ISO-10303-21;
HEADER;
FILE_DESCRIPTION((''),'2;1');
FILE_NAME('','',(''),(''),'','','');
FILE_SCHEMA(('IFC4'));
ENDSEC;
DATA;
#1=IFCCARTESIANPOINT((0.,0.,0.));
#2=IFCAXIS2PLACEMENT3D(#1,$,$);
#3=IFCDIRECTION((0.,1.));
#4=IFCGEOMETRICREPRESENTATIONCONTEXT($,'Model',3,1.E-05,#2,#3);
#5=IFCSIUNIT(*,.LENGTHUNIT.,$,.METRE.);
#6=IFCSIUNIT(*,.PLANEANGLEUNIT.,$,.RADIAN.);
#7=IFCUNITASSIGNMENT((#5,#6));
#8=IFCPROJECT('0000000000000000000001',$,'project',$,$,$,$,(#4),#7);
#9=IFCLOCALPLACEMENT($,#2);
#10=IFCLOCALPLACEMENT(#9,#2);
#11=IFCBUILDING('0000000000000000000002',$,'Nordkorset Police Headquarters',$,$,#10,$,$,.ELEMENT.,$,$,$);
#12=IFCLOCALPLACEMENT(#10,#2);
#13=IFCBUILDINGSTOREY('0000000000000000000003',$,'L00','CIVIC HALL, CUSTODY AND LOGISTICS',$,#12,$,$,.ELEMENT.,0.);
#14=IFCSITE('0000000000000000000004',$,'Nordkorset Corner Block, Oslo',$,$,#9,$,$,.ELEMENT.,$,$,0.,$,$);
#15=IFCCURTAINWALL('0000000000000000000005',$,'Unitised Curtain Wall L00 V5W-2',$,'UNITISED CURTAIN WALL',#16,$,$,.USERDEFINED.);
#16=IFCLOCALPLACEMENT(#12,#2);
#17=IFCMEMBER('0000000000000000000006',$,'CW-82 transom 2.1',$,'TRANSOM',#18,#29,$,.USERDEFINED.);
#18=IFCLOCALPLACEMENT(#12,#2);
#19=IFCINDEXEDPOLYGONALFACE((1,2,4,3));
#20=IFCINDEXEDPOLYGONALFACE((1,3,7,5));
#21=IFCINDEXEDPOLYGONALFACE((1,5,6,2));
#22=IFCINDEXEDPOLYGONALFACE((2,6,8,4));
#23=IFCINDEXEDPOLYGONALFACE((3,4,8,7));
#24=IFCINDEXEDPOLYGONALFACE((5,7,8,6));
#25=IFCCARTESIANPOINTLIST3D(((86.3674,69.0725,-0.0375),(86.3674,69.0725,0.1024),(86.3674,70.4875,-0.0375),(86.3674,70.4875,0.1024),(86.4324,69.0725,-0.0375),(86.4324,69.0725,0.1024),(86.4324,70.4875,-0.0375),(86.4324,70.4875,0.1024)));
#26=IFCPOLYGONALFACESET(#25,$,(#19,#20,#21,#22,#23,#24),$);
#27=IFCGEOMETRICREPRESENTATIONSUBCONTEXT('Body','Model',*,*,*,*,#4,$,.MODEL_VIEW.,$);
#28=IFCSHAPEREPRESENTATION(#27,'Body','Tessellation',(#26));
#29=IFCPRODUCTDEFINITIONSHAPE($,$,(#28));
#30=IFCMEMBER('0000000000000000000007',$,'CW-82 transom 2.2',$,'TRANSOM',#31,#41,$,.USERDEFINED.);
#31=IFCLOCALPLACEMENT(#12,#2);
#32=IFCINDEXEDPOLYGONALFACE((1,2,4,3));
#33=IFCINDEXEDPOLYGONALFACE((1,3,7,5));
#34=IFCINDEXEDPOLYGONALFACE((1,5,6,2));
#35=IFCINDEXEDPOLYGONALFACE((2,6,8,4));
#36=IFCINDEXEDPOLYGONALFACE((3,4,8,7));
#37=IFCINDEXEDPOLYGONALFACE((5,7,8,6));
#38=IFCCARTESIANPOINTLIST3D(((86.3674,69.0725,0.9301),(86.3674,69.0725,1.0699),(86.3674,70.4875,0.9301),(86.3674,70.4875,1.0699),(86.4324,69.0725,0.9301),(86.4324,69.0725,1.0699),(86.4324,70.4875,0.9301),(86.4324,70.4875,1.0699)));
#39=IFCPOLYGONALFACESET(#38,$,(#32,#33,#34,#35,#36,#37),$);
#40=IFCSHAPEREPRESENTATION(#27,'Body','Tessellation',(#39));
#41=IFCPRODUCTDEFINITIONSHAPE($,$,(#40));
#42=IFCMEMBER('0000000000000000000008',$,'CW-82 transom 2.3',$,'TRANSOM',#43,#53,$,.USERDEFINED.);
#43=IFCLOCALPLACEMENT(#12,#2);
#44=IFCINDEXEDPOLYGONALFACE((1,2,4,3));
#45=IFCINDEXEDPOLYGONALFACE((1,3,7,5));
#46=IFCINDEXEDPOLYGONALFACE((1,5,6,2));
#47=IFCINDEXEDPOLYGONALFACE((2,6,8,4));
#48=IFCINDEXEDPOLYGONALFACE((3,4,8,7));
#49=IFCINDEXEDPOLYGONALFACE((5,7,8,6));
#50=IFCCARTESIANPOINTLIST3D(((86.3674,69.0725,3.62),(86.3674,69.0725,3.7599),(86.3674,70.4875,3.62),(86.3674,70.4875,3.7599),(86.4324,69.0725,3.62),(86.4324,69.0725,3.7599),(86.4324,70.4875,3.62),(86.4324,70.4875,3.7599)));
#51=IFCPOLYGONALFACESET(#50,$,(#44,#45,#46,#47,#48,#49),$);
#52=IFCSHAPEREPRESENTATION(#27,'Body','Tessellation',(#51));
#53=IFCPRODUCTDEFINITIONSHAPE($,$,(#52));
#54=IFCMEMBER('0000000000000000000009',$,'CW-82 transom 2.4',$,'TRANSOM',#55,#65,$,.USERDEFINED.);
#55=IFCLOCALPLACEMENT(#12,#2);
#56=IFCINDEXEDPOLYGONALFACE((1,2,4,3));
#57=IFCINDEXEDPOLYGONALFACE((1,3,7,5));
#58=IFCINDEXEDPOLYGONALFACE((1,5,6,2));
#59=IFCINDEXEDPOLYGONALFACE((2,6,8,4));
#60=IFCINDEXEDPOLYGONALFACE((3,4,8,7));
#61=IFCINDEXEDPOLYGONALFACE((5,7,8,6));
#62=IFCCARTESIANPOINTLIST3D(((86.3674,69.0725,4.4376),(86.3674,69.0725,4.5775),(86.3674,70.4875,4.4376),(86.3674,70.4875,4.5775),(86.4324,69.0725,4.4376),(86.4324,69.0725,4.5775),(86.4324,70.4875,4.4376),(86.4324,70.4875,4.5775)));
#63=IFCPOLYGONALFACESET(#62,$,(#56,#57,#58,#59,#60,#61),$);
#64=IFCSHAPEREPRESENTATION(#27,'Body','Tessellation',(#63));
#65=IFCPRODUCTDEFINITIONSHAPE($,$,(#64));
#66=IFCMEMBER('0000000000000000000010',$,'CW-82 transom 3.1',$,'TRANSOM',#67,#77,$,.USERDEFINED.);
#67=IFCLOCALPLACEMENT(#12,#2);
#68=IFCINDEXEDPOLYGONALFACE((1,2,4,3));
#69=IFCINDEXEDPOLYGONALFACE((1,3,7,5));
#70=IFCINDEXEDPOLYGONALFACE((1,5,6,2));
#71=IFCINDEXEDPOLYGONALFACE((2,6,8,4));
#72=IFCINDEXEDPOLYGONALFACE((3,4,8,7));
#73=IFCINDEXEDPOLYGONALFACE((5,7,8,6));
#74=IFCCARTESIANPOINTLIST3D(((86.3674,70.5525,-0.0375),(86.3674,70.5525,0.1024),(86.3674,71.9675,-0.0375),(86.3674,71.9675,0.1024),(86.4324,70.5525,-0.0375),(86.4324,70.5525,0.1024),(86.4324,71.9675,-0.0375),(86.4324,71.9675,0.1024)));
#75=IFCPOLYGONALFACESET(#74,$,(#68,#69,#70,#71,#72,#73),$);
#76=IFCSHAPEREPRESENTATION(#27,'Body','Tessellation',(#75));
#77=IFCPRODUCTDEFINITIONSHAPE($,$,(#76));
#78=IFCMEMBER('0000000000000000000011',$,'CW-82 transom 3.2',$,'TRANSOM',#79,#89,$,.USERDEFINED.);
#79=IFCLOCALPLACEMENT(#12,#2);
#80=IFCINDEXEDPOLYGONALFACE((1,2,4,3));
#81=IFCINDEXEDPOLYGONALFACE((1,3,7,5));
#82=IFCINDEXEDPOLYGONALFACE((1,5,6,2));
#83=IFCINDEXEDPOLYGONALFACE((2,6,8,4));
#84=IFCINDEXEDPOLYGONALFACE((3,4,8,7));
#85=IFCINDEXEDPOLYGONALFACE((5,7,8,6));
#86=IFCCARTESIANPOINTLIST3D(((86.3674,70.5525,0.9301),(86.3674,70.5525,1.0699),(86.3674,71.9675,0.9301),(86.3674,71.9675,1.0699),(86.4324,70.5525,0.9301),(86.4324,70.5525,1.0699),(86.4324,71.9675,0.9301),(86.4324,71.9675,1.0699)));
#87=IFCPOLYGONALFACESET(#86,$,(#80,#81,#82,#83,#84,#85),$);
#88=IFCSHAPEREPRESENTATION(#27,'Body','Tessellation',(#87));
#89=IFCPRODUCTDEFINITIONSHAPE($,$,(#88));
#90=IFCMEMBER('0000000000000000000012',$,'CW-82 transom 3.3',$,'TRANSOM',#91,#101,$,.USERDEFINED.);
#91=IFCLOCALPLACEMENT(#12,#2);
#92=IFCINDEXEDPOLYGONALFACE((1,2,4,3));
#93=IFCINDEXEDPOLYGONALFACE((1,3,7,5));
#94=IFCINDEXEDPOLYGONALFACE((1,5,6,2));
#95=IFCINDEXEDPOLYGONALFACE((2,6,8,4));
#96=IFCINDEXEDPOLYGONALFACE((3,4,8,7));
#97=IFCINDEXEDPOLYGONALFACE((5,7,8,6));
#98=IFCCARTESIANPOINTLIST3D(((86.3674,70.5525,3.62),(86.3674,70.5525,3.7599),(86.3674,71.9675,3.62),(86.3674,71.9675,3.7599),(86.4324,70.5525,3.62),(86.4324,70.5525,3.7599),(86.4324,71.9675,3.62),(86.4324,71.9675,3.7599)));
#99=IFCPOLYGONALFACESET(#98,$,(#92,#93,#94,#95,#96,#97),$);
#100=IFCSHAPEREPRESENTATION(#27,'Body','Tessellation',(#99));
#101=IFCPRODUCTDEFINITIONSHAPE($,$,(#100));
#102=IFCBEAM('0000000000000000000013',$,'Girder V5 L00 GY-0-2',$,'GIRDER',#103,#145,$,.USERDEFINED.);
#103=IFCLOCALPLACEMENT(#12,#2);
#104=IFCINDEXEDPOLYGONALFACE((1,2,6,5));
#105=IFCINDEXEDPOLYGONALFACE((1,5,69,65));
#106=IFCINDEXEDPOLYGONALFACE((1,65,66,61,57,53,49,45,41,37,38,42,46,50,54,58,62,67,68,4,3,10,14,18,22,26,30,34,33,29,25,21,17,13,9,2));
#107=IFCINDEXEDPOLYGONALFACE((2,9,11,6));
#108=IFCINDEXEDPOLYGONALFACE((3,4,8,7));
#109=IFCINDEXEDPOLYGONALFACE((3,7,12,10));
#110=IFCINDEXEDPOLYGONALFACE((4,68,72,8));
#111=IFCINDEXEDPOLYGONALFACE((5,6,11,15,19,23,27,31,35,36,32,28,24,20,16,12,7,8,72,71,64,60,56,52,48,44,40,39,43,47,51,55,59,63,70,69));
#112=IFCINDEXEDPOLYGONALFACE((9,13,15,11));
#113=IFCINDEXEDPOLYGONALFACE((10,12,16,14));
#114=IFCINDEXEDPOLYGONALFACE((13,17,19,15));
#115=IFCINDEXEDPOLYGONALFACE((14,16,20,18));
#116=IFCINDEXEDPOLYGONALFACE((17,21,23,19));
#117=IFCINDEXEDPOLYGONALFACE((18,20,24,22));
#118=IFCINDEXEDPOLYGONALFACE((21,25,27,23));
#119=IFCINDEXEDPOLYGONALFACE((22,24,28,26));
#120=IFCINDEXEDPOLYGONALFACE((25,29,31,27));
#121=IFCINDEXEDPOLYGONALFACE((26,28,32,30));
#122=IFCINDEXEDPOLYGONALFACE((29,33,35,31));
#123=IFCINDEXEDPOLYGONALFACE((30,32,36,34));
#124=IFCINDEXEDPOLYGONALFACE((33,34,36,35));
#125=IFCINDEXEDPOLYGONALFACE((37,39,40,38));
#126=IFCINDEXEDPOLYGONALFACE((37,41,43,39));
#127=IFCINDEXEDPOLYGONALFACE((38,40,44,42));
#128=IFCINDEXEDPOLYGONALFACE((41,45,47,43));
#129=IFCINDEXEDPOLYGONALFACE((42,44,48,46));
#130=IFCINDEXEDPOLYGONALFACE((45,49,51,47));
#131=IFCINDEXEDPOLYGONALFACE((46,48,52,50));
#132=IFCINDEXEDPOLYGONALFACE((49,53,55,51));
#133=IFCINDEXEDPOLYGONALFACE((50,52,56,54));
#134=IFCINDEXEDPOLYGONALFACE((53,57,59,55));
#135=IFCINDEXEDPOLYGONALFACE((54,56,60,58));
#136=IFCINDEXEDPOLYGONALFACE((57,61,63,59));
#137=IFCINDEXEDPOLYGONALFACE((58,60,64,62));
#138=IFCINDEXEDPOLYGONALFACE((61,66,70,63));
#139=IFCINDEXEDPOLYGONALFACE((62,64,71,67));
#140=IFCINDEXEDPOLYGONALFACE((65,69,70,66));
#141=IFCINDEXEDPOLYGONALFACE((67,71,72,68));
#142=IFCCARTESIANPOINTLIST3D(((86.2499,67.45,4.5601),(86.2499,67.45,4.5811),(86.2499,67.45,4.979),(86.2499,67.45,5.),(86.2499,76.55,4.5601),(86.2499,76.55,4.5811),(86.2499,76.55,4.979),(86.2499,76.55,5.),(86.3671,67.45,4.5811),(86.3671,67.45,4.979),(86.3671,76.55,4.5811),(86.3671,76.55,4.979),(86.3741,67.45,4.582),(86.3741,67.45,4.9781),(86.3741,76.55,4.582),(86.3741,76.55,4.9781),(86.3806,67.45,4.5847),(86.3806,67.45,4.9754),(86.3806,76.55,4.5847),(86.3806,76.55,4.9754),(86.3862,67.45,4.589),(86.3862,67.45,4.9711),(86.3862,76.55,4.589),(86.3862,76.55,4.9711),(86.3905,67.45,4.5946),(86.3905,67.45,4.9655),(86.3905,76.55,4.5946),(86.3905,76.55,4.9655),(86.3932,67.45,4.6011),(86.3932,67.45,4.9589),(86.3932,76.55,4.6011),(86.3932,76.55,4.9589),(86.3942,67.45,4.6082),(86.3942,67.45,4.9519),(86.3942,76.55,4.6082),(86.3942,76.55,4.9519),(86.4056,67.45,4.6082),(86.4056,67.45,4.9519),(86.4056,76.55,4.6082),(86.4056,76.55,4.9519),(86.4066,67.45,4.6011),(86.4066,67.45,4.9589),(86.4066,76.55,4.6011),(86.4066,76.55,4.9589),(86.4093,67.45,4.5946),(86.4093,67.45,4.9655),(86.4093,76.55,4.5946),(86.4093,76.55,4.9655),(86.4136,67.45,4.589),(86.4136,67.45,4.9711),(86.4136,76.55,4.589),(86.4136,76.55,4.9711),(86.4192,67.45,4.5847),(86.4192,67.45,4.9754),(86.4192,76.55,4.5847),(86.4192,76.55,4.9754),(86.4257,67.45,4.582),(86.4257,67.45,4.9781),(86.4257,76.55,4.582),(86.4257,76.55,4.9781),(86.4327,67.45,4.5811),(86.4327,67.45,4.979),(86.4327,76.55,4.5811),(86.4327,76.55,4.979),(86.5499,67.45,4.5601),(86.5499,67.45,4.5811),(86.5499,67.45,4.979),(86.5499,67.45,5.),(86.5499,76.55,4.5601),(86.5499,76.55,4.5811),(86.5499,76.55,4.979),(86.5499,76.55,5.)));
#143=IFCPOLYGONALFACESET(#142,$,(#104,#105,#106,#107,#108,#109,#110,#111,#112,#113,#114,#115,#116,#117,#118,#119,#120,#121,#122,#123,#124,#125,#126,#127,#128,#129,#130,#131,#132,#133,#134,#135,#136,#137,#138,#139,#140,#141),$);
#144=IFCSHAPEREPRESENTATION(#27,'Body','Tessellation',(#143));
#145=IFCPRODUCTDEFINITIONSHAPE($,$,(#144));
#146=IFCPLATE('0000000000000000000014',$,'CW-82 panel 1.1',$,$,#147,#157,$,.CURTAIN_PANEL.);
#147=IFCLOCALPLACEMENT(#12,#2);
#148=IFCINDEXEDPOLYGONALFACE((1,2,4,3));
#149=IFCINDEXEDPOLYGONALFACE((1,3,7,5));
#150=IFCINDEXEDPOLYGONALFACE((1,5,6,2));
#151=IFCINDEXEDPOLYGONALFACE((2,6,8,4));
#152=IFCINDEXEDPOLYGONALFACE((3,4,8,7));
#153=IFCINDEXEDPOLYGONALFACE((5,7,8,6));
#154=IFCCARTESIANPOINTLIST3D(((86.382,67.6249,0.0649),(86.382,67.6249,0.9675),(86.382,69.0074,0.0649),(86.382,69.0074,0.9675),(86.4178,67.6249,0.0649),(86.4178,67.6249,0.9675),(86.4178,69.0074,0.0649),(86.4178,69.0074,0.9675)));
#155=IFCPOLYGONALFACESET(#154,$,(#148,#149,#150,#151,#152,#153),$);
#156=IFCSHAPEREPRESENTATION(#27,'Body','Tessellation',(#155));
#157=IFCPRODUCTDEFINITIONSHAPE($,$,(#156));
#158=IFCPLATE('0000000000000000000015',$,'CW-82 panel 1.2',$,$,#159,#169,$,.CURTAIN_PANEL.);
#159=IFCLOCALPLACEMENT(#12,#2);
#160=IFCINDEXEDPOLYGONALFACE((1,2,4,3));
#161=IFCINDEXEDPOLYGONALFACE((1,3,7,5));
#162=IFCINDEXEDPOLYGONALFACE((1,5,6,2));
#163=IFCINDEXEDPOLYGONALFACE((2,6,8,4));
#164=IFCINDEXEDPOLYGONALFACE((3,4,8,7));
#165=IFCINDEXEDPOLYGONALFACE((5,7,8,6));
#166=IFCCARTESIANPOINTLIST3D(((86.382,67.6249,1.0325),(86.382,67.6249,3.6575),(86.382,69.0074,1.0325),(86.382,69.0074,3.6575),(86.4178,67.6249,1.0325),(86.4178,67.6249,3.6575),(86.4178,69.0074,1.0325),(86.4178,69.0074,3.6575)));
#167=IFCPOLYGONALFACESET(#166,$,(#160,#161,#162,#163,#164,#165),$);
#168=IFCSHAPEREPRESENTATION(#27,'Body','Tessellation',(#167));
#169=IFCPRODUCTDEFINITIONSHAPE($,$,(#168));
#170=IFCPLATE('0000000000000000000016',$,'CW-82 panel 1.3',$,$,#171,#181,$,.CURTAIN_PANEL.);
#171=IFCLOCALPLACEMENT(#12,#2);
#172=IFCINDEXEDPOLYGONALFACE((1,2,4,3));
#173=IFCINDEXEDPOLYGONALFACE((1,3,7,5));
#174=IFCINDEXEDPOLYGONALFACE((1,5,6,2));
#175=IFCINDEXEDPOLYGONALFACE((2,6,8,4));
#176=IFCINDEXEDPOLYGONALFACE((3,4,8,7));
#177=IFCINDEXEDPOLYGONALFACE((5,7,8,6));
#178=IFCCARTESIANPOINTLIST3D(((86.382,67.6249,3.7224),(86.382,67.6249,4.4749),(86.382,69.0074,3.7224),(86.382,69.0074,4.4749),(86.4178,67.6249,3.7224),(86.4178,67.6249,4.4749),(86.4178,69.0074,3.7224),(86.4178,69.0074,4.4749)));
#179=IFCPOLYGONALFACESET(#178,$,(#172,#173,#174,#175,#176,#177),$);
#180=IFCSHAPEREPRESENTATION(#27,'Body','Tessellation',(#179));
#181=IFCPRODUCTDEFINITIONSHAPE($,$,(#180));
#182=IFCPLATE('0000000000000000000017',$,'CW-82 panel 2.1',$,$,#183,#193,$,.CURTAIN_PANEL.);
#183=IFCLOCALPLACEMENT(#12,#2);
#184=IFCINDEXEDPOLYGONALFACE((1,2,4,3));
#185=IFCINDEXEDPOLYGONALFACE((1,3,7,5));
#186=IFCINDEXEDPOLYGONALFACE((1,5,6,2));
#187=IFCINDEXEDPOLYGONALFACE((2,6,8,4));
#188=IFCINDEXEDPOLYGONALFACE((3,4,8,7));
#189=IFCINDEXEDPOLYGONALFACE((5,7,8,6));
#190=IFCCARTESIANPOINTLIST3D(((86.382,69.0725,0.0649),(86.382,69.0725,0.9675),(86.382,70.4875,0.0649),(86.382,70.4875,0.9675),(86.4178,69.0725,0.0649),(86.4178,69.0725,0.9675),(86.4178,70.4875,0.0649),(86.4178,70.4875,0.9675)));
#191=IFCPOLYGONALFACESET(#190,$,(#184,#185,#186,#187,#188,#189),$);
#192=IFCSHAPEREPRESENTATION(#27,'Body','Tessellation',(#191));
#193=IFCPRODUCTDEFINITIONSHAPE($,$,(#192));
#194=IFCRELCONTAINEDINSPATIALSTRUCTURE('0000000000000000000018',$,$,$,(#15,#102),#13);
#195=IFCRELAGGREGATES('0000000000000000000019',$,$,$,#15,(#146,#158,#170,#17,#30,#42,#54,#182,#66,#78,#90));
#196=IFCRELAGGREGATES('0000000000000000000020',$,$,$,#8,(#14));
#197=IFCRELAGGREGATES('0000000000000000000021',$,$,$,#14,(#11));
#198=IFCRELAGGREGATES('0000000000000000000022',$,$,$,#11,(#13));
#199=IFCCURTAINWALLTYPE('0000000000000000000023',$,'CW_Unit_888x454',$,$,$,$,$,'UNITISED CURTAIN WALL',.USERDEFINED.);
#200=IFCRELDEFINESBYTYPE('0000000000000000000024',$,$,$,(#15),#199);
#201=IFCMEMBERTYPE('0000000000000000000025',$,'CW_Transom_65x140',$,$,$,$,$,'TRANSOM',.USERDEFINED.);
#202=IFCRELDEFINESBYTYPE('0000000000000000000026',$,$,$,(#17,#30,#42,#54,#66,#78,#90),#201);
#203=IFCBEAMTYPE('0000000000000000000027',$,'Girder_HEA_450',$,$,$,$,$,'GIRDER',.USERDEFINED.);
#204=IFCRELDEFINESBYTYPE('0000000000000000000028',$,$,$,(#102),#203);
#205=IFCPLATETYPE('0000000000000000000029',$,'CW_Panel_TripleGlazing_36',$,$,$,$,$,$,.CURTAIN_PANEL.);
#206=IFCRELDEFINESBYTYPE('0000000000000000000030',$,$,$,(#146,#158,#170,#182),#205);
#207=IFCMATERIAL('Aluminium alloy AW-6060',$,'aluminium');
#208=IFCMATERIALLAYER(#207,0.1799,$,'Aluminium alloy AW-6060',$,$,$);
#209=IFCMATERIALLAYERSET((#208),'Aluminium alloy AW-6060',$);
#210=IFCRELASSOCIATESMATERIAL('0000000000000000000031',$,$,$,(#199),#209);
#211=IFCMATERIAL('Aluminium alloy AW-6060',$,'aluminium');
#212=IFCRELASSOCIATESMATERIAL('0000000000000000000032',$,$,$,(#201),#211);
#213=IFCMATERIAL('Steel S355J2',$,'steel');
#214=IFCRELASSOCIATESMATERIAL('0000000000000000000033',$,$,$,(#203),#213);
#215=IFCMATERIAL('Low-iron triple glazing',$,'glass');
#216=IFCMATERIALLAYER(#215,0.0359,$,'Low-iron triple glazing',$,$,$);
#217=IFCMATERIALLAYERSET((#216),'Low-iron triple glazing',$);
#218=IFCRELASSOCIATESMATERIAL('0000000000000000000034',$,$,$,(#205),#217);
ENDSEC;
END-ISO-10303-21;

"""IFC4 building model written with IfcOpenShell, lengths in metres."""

from ifc_helpers import new_model, si_unit, direction, frame, origin, origin_2d, place, context, subcontext, project, spatial, rectangle, i_section, extrude, material, layer, layer_set, material_profile, profile_set, type_object, element, aggregate, save


model = new_model("IFC4")

# Units and contexts
model_context = context("Model", 3, precision=1e-05, world=origin(), true_north=direction((0.0, 1.0)))
body_context = subcontext(model_context, "Body", "Model", "MODEL_VIEW")
ifc_project = project(units=[si_unit("LENGTHUNIT", "METRE"), si_unit("PLANEANGLEUNIT", "RADIAN")], contexts=[model_context])

# Site, building, storey
site_placement = place(None, origin())
site = spatial("IfcSite", under=ifc_project, at=site_placement, Name="Nordkorset Corner Block, Oslo", CompositionType="ELEMENT", RefElevation=0.0)
building_placement = place(site_placement, origin())
building = spatial("IfcBuilding", under=site, at=building_placement, Name="Nordkorset Police Headquarters", CompositionType="ELEMENT")
storey_placement = place(building_placement, origin())
storey = spatial("IfcBuildingStorey", under=building, at=storey_placement, Name="L00", Description="CIVIC HALL, CUSTODY AND LOGISTICS", CompositionType="ELEMENT", Elevation=0.0)

# Curtain wall, members
ifc_material_1 = material(Name="Aluminium alloy AW-6060", Category="aluminium")
ifc_layer_1 = layer(ifc_material_1, 0.1799, Name="Aluminium alloy AW-6060")
ifc_layer_set_1 = layer_set([ifc_layer_1], Name="Aluminium alloy AW-6060")
curtain_wall_type = type_object("IfcCurtainWallType", Name="CW_Unit_888x454", ElementType="UNITISED CURTAIN WALL", PredefinedType="USERDEFINED", material=ifc_layer_set_1)
curtain_wall_placement = place(storey_placement, origin())
curtain_wall = element("IfcCurtainWall", 1, at=curtain_wall_placement, inside=storey, type_object=curtain_wall_type, Name="Unitised Curtain Wall L00 V5W-2", ObjectType="UNITISED CURTAIN WALL", PredefinedType="USERDEFINED")
ifc_material_2 = material(Name="Aluminium alloy AW-6060", Category="aluminium")
ifc_material_profile_1 = material_profile(ifc_material_2, rectangle(XDim=0.0649, YDim=0.1399, at=origin_2d()), Name="ALU TRAN 65x140")
ifc_profile_set_1 = profile_set([ifc_material_profile_1], Name="Aluminium alloy AW-6060")
member_type_1 = type_object("IfcMemberType", Name="CW_Transom_65x140", ElementType="TRANSOM", PredefinedType="USERDEFINED", material=ifc_profile_set_1)
member_1_placement = place(storey_placement, frame((86.3999, 69.0725, 0.0325), z_axis=(0.0, 1.0, 0.0), x_axis=(-1.0, 0.0, 0.0)))
member_1 = element("IfcMember", 2, at=member_1_placement, type_object=member_type_1, Name="CW-82 transom 2.1", ObjectType="TRANSOM", PredefinedType="USERDEFINED", context=body_context, shape_type="SweptSolid", body=[
    extrude(rectangle(XDim=0.0649, YDim=0.1399, at=origin_2d()), origin(), (0.0, 0.0, 1.0), 1.415),
])
member_2_placement = place(storey_placement, frame((86.3999, 69.0725, 1.0), z_axis=(0.0, 1.0, 0.0), x_axis=(-1.0, 0.0, 0.0)))
member_2 = element("IfcMember", 3, at=member_2_placement, type_object=member_type_1, Name="CW-82 transom 2.2", ObjectType="TRANSOM", PredefinedType="USERDEFINED", context=body_context, shape_type="SweptSolid", body=[
    extrude(rectangle(XDim=0.0649, YDim=0.1399, at=origin_2d()), origin(), (0.0, 0.0, 1.0), 1.415),
])
member_3_placement = place(storey_placement, frame((86.3999, 69.0725, 3.6899), z_axis=(0.0, 1.0, 0.0), x_axis=(-1.0, 0.0, 0.0)))
member_3 = element("IfcMember", 4, at=member_3_placement, type_object=member_type_1, Name="CW-82 transom 2.3", ObjectType="TRANSOM", PredefinedType="USERDEFINED", context=body_context, shape_type="SweptSolid", body=[
    extrude(rectangle(XDim=0.0649, YDim=0.1399, at=origin_2d()), origin(), (0.0, 0.0, 1.0), 1.415),
])
member_4_placement = place(storey_placement, frame((86.3999, 69.0725, 4.5076), z_axis=(0.0, 1.0, 0.0), x_axis=(-1.0, 0.0, 0.0)))
member_4 = element("IfcMember", 5, at=member_4_placement, type_object=member_type_1, Name="CW-82 transom 2.4", ObjectType="TRANSOM", PredefinedType="USERDEFINED", context=body_context, shape_type="SweptSolid", body=[
    extrude(rectangle(XDim=0.0649, YDim=0.1399, at=origin_2d()), origin(), (0.0, 0.0, 1.0), 1.415),
])
member_5_placement = place(storey_placement, frame((86.3999, 70.5525, 0.0325), z_axis=(0.0, 1.0, 0.0), x_axis=(-1.0, 0.0, 0.0)))
member_5 = element("IfcMember", 6, at=member_5_placement, type_object=member_type_1, Name="CW-82 transom 3.1", ObjectType="TRANSOM", PredefinedType="USERDEFINED", context=body_context, shape_type="SweptSolid", body=[
    extrude(rectangle(XDim=0.0649, YDim=0.1399, at=origin_2d()), origin(), (0.0, 0.0, 1.0), 1.415),
])
member_6_placement = place(storey_placement, frame((86.3999, 70.5525, 1.0), z_axis=(0.0, 1.0, 0.0), x_axis=(-1.0, 0.0, 0.0)))
member_6 = element("IfcMember", 7, at=member_6_placement, type_object=member_type_1, Name="CW-82 transom 3.2", ObjectType="TRANSOM", PredefinedType="USERDEFINED", context=body_context, shape_type="SweptSolid", body=[
    extrude(rectangle(XDim=0.0649, YDim=0.1399, at=origin_2d()), origin(), (0.0, 0.0, 1.0), 1.415),
])
member_7_placement = place(storey_placement, frame((86.3999, 70.5525, 3.6899), z_axis=(0.0, 1.0, 0.0), x_axis=(-1.0, 0.0, 0.0)))
member_7 = element("IfcMember", 8, at=member_7_placement, type_object=member_type_1, Name="CW-82 transom 3.3", ObjectType="TRANSOM", PredefinedType="USERDEFINED", context=body_context, shape_type="SweptSolid", body=[
    extrude(rectangle(XDim=0.0649, YDim=0.1399, at=origin_2d()), origin(), (0.0, 0.0, 1.0), 1.415),
])

# Beam
ifc_material_3 = material(Name="Steel S355J2", Category="steel")
ifc_material_profile_2 = material_profile(ifc_material_3, i_section(OverallWidth=0.3, OverallDepth=0.4399, WebThickness=0.0115, FlangeThickness=0.021, FilletRadius=0.0271, at=origin_2d()), Name="HEA 450")
ifc_profile_set_2 = profile_set([ifc_material_profile_2], Name="Steel S355J2")
beam_type_1 = type_object("IfcBeamType", Name="Girder_HEA_450", ElementType="GIRDER", PredefinedType="USERDEFINED", material=ifc_profile_set_2)
beam_1_placement = place(storey_placement, frame((86.3999, 67.45, 4.78), z_axis=(0.0, 1.0, 0.0), x_axis=(-1.0, 0.0, 0.0)))
element("IfcBeam", 9, at=beam_1_placement, inside=storey, type_object=beam_type_1, Name="Girder V5 L00 GY-0-2", ObjectType="GIRDER", PredefinedType="USERDEFINED", context=body_context, shape_type="SweptSolid", body=[
    extrude(i_section(OverallWidth=0.3, OverallDepth=0.4399, WebThickness=0.0115, FlangeThickness=0.021, FilletRadius=0.0271, at=origin_2d()), origin(), (0.0, 0.0, 1.0), 9.1001),
])

# Plates
ifc_material_4 = material(Name="Low-iron triple glazing", Category="glass")
ifc_layer_2 = layer(ifc_material_4, 0.0359, Name="Low-iron triple glazing")
ifc_layer_set_2 = layer_set([ifc_layer_2], Name="Low-iron triple glazing")
plate_type = type_object("IfcPlateType", Name="CW_Panel_TripleGlazing_36", PredefinedType="CURTAIN_PANEL", material=ifc_layer_set_2)
plate_1_placement = place(storey_placement, frame((86.3999, 68.3162, 0.0649), z_axis=(0.0, 0.0, 1.0), x_axis=(0.0, 1.0, 0.0)))
plate_1 = element("IfcPlate", 10, at=plate_1_placement, type_object=plate_type, Name="CW-82 panel 1.1", PredefinedType="CURTAIN_PANEL", context=body_context, shape_type="SweptSolid", body=[
    extrude(rectangle(XDim=1.3826, YDim=0.0359, at=origin_2d()), origin(), (0.0, 0.0, 1.0), 0.9026),
])
plate_2_placement = place(storey_placement, frame((86.3999, 68.3162, 1.0325), z_axis=(0.0, 0.0, 1.0), x_axis=(0.0, 1.0, 0.0)))
plate_2 = element("IfcPlate", 11, at=plate_2_placement, type_object=plate_type, Name="CW-82 panel 1.2", PredefinedType="CURTAIN_PANEL", context=body_context, shape_type="SweptSolid", body=[
    extrude(rectangle(XDim=1.3826, YDim=0.0359, at=origin_2d()), origin(), (0.0, 0.0, 1.0), 2.625),
])
plate_3_placement = place(storey_placement, frame((86.3999, 68.3162, 3.7224), z_axis=(0.0, 0.0, 1.0), x_axis=(0.0, 1.0, 0.0)))
plate_3 = element("IfcPlate", 12, at=plate_3_placement, type_object=plate_type, Name="CW-82 panel 1.3", PredefinedType="CURTAIN_PANEL", context=body_context, shape_type="SweptSolid", body=[
    extrude(rectangle(XDim=1.3826, YDim=0.0359, at=origin_2d()), origin(), (0.0, 0.0, 1.0), 0.7524),
])
plate_4_placement = place(storey_placement, frame((86.3999, 69.78, 0.0649), z_axis=(0.0, 0.0, 1.0), x_axis=(0.0, 1.0, 0.0)))
plate_4 = element("IfcPlate", 13, at=plate_4_placement, type_object=plate_type, Name="CW-82 panel 2.1", PredefinedType="CURTAIN_PANEL", context=body_context, shape_type="SweptSolid", body=[
    extrude(rectangle(XDim=1.415, YDim=0.0359, at=origin_2d()), origin(), (0.0, 0.0, 1.0), 0.9026),
])
aggregate(curtain_wall, [plate_1, plate_2, plate_3, member_1, member_2, member_3, member_4, plate_4, member_5, member_6, member_7])

save(model, "model.ifc")
